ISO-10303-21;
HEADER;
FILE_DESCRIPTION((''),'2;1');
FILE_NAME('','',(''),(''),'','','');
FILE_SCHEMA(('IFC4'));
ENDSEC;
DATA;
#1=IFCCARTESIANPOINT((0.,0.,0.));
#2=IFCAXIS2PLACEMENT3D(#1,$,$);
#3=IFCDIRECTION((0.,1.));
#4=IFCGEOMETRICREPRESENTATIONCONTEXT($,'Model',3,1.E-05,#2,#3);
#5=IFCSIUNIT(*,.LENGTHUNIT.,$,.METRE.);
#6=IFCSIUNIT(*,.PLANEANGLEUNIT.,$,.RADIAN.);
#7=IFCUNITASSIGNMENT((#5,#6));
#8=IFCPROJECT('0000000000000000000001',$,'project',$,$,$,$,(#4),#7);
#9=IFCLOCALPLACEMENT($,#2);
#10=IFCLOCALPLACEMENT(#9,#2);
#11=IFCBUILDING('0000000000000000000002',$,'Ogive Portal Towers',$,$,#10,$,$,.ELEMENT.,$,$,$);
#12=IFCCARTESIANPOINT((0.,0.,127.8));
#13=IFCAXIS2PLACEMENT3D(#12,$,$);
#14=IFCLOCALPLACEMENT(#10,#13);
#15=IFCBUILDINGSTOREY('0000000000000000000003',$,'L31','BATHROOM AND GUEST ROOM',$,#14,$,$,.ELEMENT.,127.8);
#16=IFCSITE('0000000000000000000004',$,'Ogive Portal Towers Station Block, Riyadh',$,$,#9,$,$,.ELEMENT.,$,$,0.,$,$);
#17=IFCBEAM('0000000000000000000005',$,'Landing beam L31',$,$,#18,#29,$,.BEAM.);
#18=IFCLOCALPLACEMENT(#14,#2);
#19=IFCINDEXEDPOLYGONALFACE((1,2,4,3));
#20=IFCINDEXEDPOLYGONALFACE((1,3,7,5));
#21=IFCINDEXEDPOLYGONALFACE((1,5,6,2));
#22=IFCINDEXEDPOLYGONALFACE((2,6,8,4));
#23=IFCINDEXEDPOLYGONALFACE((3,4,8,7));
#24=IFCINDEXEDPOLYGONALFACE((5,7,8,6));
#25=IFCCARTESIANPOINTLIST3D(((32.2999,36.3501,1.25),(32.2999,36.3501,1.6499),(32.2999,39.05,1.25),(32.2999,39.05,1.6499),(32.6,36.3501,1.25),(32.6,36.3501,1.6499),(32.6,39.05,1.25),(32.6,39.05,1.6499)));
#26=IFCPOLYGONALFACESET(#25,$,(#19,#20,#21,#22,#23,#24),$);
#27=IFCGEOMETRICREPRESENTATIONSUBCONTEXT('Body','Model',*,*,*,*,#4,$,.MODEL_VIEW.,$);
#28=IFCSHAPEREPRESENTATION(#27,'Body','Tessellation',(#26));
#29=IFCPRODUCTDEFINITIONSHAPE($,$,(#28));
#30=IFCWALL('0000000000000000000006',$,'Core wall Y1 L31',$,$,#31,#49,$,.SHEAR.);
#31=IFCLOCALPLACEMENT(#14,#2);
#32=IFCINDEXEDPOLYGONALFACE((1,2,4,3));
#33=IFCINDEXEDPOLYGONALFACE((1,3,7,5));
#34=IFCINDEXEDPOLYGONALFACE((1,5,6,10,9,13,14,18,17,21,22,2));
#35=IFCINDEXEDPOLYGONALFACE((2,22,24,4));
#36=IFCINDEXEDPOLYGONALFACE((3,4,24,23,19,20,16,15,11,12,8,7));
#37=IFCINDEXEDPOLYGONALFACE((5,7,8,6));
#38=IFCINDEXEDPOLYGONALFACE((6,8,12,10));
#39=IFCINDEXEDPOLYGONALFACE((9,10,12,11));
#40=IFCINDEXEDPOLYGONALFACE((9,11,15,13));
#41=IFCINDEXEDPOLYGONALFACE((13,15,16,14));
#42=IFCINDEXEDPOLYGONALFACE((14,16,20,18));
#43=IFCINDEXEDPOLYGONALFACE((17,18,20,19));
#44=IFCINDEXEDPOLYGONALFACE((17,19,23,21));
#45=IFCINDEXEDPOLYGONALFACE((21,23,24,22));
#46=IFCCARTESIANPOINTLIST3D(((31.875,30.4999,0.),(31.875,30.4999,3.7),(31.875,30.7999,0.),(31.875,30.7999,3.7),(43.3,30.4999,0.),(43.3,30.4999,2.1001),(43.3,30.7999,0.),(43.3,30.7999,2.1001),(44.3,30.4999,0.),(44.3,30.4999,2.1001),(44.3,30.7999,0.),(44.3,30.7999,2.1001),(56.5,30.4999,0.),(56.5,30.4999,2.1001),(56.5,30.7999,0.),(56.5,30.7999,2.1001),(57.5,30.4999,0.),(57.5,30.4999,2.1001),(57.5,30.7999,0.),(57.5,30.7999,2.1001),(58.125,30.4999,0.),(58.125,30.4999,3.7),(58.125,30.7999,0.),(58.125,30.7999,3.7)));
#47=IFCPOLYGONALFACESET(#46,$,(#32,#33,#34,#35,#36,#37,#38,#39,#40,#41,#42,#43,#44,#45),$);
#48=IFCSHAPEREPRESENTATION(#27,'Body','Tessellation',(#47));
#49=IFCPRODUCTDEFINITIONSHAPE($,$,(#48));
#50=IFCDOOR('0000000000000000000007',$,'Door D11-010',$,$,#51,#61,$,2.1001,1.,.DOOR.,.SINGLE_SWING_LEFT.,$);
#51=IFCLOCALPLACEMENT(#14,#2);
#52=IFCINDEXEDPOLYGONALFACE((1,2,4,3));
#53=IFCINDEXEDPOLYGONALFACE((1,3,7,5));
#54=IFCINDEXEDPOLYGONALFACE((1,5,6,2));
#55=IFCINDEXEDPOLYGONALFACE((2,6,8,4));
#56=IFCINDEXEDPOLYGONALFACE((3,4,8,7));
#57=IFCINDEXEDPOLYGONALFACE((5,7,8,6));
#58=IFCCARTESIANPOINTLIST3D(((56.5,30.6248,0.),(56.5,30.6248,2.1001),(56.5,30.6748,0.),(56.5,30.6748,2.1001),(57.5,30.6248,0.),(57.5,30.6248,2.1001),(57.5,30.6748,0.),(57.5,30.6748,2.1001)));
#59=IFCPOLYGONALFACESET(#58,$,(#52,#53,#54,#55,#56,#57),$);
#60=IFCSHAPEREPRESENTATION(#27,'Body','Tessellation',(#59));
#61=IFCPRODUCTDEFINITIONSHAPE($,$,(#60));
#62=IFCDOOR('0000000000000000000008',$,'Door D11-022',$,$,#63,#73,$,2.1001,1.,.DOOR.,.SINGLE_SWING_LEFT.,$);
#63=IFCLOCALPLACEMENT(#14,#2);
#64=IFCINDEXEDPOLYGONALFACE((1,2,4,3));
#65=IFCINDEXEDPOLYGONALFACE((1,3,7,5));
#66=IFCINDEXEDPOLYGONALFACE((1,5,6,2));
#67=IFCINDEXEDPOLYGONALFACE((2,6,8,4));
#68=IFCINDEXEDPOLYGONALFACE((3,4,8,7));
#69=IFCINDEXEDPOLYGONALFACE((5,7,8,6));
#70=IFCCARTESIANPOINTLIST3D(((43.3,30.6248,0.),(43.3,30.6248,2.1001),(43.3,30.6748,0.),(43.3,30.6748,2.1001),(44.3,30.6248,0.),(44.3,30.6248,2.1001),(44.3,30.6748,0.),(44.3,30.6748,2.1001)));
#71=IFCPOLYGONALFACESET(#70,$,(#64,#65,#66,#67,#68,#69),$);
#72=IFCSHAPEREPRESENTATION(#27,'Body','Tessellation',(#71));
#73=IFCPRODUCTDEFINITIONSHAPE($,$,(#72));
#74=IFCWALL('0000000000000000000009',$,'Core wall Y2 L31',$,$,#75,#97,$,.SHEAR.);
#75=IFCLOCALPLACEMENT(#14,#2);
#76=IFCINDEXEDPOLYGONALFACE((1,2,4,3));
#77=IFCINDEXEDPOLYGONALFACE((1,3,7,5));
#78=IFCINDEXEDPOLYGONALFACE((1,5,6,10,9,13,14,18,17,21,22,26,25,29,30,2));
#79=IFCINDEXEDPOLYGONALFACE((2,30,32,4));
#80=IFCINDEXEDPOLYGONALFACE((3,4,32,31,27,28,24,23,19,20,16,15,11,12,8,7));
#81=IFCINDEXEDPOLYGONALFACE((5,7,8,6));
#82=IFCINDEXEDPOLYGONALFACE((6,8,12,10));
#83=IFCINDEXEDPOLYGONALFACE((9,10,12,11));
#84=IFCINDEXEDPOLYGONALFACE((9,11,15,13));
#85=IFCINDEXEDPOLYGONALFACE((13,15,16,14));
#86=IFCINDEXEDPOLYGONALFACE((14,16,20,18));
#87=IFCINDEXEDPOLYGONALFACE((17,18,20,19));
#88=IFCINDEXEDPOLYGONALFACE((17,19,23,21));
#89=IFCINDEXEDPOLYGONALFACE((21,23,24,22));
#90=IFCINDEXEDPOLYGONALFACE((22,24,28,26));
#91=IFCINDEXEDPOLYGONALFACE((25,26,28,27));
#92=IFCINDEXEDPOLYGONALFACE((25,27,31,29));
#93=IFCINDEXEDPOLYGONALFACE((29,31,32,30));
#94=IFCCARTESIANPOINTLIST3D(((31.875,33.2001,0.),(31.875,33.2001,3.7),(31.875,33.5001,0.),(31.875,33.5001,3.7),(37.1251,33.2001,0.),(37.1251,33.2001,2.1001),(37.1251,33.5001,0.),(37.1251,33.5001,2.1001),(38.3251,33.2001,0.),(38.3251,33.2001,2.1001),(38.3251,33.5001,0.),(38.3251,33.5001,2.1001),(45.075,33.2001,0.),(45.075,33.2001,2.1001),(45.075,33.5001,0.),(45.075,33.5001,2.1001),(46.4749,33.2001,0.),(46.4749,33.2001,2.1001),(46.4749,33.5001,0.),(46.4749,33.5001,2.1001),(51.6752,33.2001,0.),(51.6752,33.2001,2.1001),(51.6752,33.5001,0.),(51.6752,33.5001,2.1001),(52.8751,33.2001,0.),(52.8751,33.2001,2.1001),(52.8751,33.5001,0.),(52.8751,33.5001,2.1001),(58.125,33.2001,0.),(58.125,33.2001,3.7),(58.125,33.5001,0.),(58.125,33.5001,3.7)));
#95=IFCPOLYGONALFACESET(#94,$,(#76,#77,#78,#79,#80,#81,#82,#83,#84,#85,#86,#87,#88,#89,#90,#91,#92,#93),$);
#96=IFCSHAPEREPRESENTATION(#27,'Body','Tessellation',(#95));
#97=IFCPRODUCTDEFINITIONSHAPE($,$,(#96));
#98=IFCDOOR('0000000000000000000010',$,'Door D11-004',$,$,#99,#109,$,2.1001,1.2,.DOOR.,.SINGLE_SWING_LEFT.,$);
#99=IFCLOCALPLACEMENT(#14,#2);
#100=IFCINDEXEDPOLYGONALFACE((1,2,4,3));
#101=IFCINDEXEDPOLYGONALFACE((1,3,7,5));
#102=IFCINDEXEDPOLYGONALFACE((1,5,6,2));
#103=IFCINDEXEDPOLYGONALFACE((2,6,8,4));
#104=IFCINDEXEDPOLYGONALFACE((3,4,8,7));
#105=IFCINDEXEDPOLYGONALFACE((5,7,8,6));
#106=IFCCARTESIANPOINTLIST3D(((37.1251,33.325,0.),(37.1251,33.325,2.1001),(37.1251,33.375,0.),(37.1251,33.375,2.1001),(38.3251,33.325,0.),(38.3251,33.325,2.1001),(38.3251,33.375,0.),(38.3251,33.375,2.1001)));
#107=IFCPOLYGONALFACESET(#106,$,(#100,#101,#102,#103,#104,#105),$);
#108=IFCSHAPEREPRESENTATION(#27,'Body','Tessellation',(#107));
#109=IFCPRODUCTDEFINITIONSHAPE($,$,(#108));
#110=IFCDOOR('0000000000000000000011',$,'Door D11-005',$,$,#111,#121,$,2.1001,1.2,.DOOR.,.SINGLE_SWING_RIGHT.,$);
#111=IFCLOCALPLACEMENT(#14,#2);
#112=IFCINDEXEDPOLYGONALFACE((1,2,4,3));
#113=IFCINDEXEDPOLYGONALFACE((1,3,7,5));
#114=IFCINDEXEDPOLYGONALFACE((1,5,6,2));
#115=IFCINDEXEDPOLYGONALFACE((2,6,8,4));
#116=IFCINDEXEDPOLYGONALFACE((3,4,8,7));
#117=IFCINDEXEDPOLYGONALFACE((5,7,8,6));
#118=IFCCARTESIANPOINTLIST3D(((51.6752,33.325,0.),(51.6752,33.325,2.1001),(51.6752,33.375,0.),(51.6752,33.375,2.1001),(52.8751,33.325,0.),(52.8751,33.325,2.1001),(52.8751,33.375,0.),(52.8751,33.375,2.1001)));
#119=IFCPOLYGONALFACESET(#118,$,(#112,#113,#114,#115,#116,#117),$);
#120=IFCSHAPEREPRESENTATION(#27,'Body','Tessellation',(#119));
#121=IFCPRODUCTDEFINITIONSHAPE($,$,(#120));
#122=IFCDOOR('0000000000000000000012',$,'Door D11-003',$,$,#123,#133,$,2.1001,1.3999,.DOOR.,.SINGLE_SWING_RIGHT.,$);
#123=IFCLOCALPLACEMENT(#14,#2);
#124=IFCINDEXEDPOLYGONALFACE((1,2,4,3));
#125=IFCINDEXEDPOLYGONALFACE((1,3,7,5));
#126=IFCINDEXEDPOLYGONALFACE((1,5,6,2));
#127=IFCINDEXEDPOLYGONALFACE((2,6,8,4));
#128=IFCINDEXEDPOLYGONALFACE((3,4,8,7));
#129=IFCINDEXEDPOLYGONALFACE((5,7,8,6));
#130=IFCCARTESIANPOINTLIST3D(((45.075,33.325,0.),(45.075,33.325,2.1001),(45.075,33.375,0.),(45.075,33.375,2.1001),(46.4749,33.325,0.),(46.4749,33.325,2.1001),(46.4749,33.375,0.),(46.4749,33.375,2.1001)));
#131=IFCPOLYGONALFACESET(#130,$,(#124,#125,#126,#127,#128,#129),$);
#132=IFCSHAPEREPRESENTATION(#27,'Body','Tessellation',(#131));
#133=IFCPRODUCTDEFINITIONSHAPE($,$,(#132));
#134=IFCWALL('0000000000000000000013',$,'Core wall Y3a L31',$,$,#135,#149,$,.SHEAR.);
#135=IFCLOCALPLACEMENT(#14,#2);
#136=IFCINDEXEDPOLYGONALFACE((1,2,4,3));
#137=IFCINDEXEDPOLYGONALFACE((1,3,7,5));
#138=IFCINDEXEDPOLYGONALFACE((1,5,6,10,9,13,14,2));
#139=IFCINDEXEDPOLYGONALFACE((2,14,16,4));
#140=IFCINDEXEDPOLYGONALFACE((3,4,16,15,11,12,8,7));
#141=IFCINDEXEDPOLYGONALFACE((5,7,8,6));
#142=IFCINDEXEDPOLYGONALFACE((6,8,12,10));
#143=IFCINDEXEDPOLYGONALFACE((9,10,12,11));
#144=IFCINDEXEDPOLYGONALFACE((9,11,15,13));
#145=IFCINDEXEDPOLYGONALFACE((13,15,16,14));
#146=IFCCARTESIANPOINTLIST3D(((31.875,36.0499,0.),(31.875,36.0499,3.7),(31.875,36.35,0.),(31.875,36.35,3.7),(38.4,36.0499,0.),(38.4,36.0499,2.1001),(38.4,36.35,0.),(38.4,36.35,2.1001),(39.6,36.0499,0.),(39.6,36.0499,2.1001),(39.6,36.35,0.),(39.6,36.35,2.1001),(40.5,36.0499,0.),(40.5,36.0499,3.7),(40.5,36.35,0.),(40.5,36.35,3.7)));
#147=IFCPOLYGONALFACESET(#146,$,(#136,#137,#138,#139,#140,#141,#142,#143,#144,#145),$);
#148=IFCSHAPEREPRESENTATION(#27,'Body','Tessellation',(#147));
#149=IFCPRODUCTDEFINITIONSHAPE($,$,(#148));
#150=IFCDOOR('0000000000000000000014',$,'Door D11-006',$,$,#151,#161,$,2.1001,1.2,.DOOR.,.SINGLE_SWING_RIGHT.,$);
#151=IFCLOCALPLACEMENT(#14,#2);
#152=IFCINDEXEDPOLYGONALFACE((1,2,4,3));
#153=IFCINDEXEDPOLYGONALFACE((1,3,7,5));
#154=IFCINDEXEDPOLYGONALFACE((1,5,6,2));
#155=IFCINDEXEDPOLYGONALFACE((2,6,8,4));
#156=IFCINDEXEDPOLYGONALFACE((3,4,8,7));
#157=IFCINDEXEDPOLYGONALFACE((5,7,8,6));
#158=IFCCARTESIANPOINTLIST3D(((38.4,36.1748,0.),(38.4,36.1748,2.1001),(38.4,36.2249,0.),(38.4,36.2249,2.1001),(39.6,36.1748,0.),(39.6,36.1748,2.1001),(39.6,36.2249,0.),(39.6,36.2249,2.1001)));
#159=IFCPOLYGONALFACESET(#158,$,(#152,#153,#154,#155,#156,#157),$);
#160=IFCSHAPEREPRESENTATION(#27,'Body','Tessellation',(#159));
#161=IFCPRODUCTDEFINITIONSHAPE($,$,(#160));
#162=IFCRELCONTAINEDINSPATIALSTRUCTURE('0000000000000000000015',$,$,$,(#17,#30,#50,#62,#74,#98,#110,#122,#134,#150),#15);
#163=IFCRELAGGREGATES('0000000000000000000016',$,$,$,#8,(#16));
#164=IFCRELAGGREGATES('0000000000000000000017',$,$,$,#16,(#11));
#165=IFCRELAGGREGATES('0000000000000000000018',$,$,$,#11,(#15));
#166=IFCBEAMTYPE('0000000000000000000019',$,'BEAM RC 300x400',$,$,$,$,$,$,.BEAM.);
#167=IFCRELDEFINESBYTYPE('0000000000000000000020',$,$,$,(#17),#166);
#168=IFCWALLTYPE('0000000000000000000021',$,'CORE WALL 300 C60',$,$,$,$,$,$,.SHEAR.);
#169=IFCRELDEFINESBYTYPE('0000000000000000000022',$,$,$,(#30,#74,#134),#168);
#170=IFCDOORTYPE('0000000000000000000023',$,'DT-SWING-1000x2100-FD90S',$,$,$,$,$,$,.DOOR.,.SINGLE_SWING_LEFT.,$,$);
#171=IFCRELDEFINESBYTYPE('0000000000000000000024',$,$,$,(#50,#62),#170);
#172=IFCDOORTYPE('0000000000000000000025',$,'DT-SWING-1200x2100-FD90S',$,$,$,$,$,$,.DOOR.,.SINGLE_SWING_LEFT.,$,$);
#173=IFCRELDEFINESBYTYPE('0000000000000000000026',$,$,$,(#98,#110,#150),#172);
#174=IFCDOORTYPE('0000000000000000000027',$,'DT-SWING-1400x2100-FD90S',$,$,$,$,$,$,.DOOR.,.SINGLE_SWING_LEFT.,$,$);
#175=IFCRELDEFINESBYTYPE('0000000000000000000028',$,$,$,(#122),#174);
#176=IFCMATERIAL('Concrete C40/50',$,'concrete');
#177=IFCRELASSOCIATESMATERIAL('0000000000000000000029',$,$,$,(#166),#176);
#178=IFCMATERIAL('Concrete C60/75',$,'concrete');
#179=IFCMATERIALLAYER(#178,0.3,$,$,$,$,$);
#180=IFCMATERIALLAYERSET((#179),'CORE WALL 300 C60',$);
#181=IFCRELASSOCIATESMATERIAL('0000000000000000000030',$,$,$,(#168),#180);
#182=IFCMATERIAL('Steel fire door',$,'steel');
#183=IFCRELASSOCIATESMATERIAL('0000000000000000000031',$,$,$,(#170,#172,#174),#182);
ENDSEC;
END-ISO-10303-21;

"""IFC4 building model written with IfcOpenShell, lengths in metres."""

from ifc_helpers import new_model, si_unit, direction, frame, frame_2d, origin, origin_2d, place, context, subcontext, project, spatial, rectangle, extrude, material, layer, layer_set, material_profile, profile_set, type_object, element, fill, save


model = new_model("IFC4")

# Units and contexts
model_context = context("Model", 3, precision=1e-05, world=origin(), true_north=direction((0.0, 1.0)))
body_context = subcontext(model_context, "Body", "Model", "MODEL_VIEW")
ifc_project = project(units=[si_unit("LENGTHUNIT", "METRE"), si_unit("PLANEANGLEUNIT", "RADIAN")], contexts=[model_context])

# Site, building, storey
site_placement = place(None, origin())
site = spatial("IfcSite", under=ifc_project, at=site_placement, Name="Ogive Portal Towers Station Block, Riyadh", CompositionType="ELEMENT", RefElevation=0.0)
building_placement = place(site_placement, origin())
building = spatial("IfcBuilding", under=site, at=building_placement, Name="Ogive Portal Towers", CompositionType="ELEMENT")
storey_placement = place(building_placement, frame((0.0, 0.0, 127.8)))
storey = spatial("IfcBuildingStorey", under=building, at=storey_placement, Name="L31", Description="BATHROOM AND GUEST ROOM", CompositionType="ELEMENT", Elevation=127.8)

# Beam
ifc_material_1 = material(Name="Concrete C40/50", Category="concrete")
ifc_material_profile = material_profile(ifc_material_1, rectangle(XDim=0.3, YDim=0.3999, at=origin_2d()), Name="RC 300x400")
ifc_profile_set = profile_set([ifc_material_profile], Name="Concrete C40/50")
beam_type = type_object("IfcBeamType", Name="BEAM RC 300x400", PredefinedType="BEAM", material=ifc_profile_set)
beam_placement = place(storey_placement, frame((32.45, 36.3501, 1.45), z_axis=(0.0, 1.0, 0.0), x_axis=(-1.0, 0.0, 0.0)))
element("IfcBeam", 1, at=beam_placement, inside=storey, type_object=beam_type, Name="Landing beam L31", PredefinedType="BEAM", context=body_context, shape_type="SweptSolid", body=[
    extrude(rectangle(XDim=0.3, YDim=0.3999, at=origin_2d()), origin(), (0.0, 0.0, 1.0), 2.7),
])

# Walls, openings, doors
ifc_material_2 = material(Name="Concrete C60/75", Category="concrete")
ifc_layer_1 = layer(ifc_material_2, 0.3)
ifc_layer_set_1 = layer_set([ifc_layer_1], Name="CORE WALL 300 C60")
wall_type_1 = type_object("IfcWallType", Name="CORE WALL 300 C60", PredefinedType="SHEAR", material=ifc_layer_set_1)
wall_1_placement = place(storey_placement, frame((31.875, 30.6499, 0.0), z_axis=(0.0, 0.0, 1.0), x_axis=(1.0, 0.0, 0.0)))
wall_1 = element("IfcWall", 2, at=wall_1_placement, inside=storey, type_object=wall_type_1, Name="Core wall Y1 L31", PredefinedType="SHEAR", context=body_context, shape_type="SweptSolid", body=[
    extrude(rectangle(XDim=26.25, YDim=0.3, at=frame_2d((13.125, 0.0))), origin(), (0.0, 0.0, 1.0), 3.7),
])
opening_1_placement = place(wall_1_placement, frame((24.625, 0.0, 0.0)))
opening_1 = element("IfcOpeningElement", 3, at=opening_1_placement, cuts=wall_1, PredefinedType="OPENING", context=body_context, shape_type="SweptSolid", body=[
    extrude(rectangle(XDim=1.0, YDim=2.1001, at=frame_2d((0.5, 1.05))), frame((0.0, 0.1602, 0.0), z_axis=(0.0, -1.0, 0.0), x_axis=(1.0, 0.0, 0.0)), (0.0, 0.0, 1.0), 0.3201),
])
opening_2_placement = place(wall_1_placement, frame((11.425, 0.0, 0.0)))
opening_2 = element("IfcOpeningElement", 4, at=opening_2_placement, cuts=wall_1, PredefinedType="OPENING", context=body_context, shape_type="SweptSolid", body=[
    extrude(rectangle(XDim=1.0, YDim=2.1001, at=frame_2d((0.5, 1.05))), frame((0.0, 0.1602, 0.0), z_axis=(0.0, -1.0, 0.0), x_axis=(1.0, 0.0, 0.0)), (0.0, 0.0, 1.0), 0.3201),
])
ifc_material_3 = material(Name="Steel fire door", Category="steel")
door_type_1 = type_object("IfcDoorType", Name="DT-SWING-1000x2100-FD90S", OperationType="SINGLE_SWING_LEFT", PredefinedType="DOOR", material=ifc_material_3)
door_1_placement = place(opening_1_placement, origin())
door_1 = element("IfcDoor", 5, at=door_1_placement, inside=storey, type_object=door_type_1, Name="Door D11-010", OperationType="SINGLE_SWING_LEFT", OverallHeight=2.1001, OverallWidth=1.0, PredefinedType="DOOR", context=body_context, shape_type="SweptSolid", body=[
    extrude(rectangle(XDim=1.0, YDim=2.1001, at=frame_2d((0.5, 1.05))), frame((0.0, 0.0249, 0.0), z_axis=(0.0, -1.0, 0.0), x_axis=(1.0, 0.0, 0.0)), (0.0, 0.0, 1.0), 0.05),
])
fill(opening_1, door_1)
door_2_placement = place(opening_2_placement, origin())
door_2 = element("IfcDoor", 6, at=door_2_placement, inside=storey, type_object=door_type_1, Name="Door D11-022", OperationType="SINGLE_SWING_LEFT", OverallHeight=2.1001, OverallWidth=1.0, PredefinedType="DOOR", context=body_context, shape_type="SweptSolid", body=[
    extrude(rectangle(XDim=1.0, YDim=2.1001, at=frame_2d((0.5, 1.05))), frame((0.0, 0.0249, 0.0), z_axis=(0.0, -1.0, 0.0), x_axis=(1.0, 0.0, 0.0)), (0.0, 0.0, 1.0), 0.05),
])
fill(opening_2, door_2)
wall_2_placement = place(storey_placement, frame((31.875, 33.3501, 0.0), z_axis=(0.0, 0.0, 1.0), x_axis=(1.0, 0.0, 0.0)))
wall_2 = element("IfcWall", 7, at=wall_2_placement, inside=storey, type_object=wall_type_1, Name="Core wall Y2 L31", PredefinedType="SHEAR", context=body_context, shape_type="SweptSolid", body=[
    extrude(rectangle(XDim=26.25, YDim=0.3, at=frame_2d((13.125, 0.0))), origin(), (0.0, 0.0, 1.0), 3.7),
])
opening_3_placement = place(wall_2_placement, frame((13.2, 0.0, 0.0)))
opening_3 = element("IfcOpeningElement", 8, at=opening_3_placement, cuts=wall_2, PredefinedType="OPENING", context=body_context, shape_type="SweptSolid", body=[
    extrude(rectangle(XDim=1.3999, YDim=2.1001, at=frame_2d((0.7, 1.05))), frame((0.0, 0.1602, 0.0), z_axis=(0.0, -1.0, 0.0), x_axis=(1.0, 0.0, 0.0)), (0.0, 0.0, 1.0), 0.3201),
])
opening_4_placement = place(wall_2_placement, frame((5.25, 0.0, 0.0)))
opening_4 = element("IfcOpeningElement", 9, at=opening_4_placement, cuts=wall_2, PredefinedType="OPENING", context=body_context, shape_type="SweptSolid", body=[
    extrude(rectangle(XDim=1.2, YDim=2.1001, at=frame_2d((0.6001, 1.05))), frame((0.0, 0.1602, 0.0), z_axis=(0.0, -1.0, 0.0), x_axis=(1.0, 0.0, 0.0)), (0.0, 0.0, 1.0), 0.3201),
])
opening_5_placement = place(wall_2_placement, frame((19.8, 0.0, 0.0)))
opening_5 = element("IfcOpeningElement", 10, at=opening_5_placement, cuts=wall_2, PredefinedType="OPENING", context=body_context, shape_type="SweptSolid", body=[
    extrude(rectangle(XDim=1.2, YDim=2.1001, at=frame_2d((0.6001, 1.05))), frame((0.0, 0.1602, 0.0), z_axis=(0.0, -1.0, 0.0), x_axis=(1.0, 0.0, 0.0)), (0.0, 0.0, 1.0), 0.3201),
])
door_type_2 = type_object("IfcDoorType", Name="DT-SWING-1200x2100-FD90S", OperationType="SINGLE_SWING_LEFT", PredefinedType="DOOR", material=ifc_material_3)
door_3_placement = place(opening_4_placement, origin())
door_3 = element("IfcDoor", 11, at=door_3_placement, inside=storey, type_object=door_type_2, Name="Door D11-004", OperationType="SINGLE_SWING_LEFT", OverallHeight=2.1001, OverallWidth=1.2, PredefinedType="DOOR", context=body_context, shape_type="SweptSolid", body=[
    extrude(rectangle(XDim=1.2, YDim=2.1001, at=frame_2d((0.6001, 1.05))), frame((0.0, 0.0249, 0.0), z_axis=(0.0, -1.0, 0.0), x_axis=(1.0, 0.0, 0.0)), (0.0, 0.0, 1.0), 0.05),
])
fill(opening_4, door_3)
door_4_placement = place(opening_5_placement, origin())
door_4 = element("IfcDoor", 12, at=door_4_placement, inside=storey, type_object=door_type_2, Name="Door D11-005", OperationType="SINGLE_SWING_RIGHT", OverallHeight=2.1001, OverallWidth=1.2, PredefinedType="DOOR", context=body_context, shape_type="SweptSolid", body=[
    extrude(rectangle(XDim=1.2, YDim=2.1001, at=frame_2d((0.6001, 1.05))), frame((0.0, 0.0249, 0.0), z_axis=(0.0, -1.0, 0.0), x_axis=(1.0, 0.0, 0.0)), (0.0, 0.0, 1.0), 0.05),
])
fill(opening_5, door_4)
door_type_3 = type_object("IfcDoorType", Name="DT-SWING-1400x2100-FD90S", OperationType="SINGLE_SWING_LEFT", PredefinedType="DOOR", material=ifc_material_3)
door_5_placement = place(opening_3_placement, origin())
door_5 = element("IfcDoor", 13, at=door_5_placement, inside=storey, type_object=door_type_3, Name="Door D11-003", OperationType="SINGLE_SWING_RIGHT", OverallHeight=2.1001, OverallWidth=1.3999, PredefinedType="DOOR", context=body_context, shape_type="SweptSolid", body=[
    extrude(rectangle(XDim=1.3999, YDim=2.1001, at=frame_2d((0.7, 1.05))), frame((0.0, 0.0249, 0.0), z_axis=(0.0, -1.0, 0.0), x_axis=(1.0, 0.0, 0.0)), (0.0, 0.0, 1.0), 0.05),
])
fill(opening_3, door_5)

# Wall, opening, door
wall_3_placement = place(storey_placement, frame((31.875, 36.2, 0.0), z_axis=(0.0, 0.0, 1.0), x_axis=(1.0, 0.0, 0.0)))
wall_3 = element("IfcWall", 14, at=wall_3_placement, inside=storey, type_object=wall_type_1, Name="Core wall Y3a L31", PredefinedType="SHEAR", context=body_context, shape_type="SweptSolid", body=[
    extrude(rectangle(XDim=8.625, YDim=0.3, at=frame_2d((4.3125, 0.0))), origin(), (0.0, 0.0, 1.0), 3.7),
])
opening_6_placement = place(wall_3_placement, frame((6.5249, 0.0, 0.0)))
opening_6 = element("IfcOpeningElement", 15, at=opening_6_placement, cuts=wall_3, PredefinedType="OPENING", context=body_context, shape_type="SweptSolid", body=[
    extrude(rectangle(XDim=1.2, YDim=2.1001, at=frame_2d((0.6001, 1.05))), frame((0.0, 0.1602, 0.0), z_axis=(0.0, -1.0, 0.0), x_axis=(1.0, 0.0, 0.0)), (0.0, 0.0, 1.0), 0.3201),
])
door_6_placement = place(opening_6_placement, origin())
door_6 = element("IfcDoor", 16, at=door_6_placement, inside=storey, type_object=door_type_2, Name="Door D11-006", OperationType="SINGLE_SWING_RIGHT", OverallHeight=2.1001, OverallWidth=1.2, PredefinedType="DOOR", context=body_context, shape_type="SweptSolid", body=[
    extrude(rectangle(XDim=1.2, YDim=2.1001, at=frame_2d((0.6001, 1.05))), frame((0.0, 0.0249, 0.0), z_axis=(0.0, -1.0, 0.0), x_axis=(1.0, 0.0, 0.0)), (0.0, 0.0, 1.0), 0.05),
])
fill(opening_6, door_6)

save(model, "model.ifc")
